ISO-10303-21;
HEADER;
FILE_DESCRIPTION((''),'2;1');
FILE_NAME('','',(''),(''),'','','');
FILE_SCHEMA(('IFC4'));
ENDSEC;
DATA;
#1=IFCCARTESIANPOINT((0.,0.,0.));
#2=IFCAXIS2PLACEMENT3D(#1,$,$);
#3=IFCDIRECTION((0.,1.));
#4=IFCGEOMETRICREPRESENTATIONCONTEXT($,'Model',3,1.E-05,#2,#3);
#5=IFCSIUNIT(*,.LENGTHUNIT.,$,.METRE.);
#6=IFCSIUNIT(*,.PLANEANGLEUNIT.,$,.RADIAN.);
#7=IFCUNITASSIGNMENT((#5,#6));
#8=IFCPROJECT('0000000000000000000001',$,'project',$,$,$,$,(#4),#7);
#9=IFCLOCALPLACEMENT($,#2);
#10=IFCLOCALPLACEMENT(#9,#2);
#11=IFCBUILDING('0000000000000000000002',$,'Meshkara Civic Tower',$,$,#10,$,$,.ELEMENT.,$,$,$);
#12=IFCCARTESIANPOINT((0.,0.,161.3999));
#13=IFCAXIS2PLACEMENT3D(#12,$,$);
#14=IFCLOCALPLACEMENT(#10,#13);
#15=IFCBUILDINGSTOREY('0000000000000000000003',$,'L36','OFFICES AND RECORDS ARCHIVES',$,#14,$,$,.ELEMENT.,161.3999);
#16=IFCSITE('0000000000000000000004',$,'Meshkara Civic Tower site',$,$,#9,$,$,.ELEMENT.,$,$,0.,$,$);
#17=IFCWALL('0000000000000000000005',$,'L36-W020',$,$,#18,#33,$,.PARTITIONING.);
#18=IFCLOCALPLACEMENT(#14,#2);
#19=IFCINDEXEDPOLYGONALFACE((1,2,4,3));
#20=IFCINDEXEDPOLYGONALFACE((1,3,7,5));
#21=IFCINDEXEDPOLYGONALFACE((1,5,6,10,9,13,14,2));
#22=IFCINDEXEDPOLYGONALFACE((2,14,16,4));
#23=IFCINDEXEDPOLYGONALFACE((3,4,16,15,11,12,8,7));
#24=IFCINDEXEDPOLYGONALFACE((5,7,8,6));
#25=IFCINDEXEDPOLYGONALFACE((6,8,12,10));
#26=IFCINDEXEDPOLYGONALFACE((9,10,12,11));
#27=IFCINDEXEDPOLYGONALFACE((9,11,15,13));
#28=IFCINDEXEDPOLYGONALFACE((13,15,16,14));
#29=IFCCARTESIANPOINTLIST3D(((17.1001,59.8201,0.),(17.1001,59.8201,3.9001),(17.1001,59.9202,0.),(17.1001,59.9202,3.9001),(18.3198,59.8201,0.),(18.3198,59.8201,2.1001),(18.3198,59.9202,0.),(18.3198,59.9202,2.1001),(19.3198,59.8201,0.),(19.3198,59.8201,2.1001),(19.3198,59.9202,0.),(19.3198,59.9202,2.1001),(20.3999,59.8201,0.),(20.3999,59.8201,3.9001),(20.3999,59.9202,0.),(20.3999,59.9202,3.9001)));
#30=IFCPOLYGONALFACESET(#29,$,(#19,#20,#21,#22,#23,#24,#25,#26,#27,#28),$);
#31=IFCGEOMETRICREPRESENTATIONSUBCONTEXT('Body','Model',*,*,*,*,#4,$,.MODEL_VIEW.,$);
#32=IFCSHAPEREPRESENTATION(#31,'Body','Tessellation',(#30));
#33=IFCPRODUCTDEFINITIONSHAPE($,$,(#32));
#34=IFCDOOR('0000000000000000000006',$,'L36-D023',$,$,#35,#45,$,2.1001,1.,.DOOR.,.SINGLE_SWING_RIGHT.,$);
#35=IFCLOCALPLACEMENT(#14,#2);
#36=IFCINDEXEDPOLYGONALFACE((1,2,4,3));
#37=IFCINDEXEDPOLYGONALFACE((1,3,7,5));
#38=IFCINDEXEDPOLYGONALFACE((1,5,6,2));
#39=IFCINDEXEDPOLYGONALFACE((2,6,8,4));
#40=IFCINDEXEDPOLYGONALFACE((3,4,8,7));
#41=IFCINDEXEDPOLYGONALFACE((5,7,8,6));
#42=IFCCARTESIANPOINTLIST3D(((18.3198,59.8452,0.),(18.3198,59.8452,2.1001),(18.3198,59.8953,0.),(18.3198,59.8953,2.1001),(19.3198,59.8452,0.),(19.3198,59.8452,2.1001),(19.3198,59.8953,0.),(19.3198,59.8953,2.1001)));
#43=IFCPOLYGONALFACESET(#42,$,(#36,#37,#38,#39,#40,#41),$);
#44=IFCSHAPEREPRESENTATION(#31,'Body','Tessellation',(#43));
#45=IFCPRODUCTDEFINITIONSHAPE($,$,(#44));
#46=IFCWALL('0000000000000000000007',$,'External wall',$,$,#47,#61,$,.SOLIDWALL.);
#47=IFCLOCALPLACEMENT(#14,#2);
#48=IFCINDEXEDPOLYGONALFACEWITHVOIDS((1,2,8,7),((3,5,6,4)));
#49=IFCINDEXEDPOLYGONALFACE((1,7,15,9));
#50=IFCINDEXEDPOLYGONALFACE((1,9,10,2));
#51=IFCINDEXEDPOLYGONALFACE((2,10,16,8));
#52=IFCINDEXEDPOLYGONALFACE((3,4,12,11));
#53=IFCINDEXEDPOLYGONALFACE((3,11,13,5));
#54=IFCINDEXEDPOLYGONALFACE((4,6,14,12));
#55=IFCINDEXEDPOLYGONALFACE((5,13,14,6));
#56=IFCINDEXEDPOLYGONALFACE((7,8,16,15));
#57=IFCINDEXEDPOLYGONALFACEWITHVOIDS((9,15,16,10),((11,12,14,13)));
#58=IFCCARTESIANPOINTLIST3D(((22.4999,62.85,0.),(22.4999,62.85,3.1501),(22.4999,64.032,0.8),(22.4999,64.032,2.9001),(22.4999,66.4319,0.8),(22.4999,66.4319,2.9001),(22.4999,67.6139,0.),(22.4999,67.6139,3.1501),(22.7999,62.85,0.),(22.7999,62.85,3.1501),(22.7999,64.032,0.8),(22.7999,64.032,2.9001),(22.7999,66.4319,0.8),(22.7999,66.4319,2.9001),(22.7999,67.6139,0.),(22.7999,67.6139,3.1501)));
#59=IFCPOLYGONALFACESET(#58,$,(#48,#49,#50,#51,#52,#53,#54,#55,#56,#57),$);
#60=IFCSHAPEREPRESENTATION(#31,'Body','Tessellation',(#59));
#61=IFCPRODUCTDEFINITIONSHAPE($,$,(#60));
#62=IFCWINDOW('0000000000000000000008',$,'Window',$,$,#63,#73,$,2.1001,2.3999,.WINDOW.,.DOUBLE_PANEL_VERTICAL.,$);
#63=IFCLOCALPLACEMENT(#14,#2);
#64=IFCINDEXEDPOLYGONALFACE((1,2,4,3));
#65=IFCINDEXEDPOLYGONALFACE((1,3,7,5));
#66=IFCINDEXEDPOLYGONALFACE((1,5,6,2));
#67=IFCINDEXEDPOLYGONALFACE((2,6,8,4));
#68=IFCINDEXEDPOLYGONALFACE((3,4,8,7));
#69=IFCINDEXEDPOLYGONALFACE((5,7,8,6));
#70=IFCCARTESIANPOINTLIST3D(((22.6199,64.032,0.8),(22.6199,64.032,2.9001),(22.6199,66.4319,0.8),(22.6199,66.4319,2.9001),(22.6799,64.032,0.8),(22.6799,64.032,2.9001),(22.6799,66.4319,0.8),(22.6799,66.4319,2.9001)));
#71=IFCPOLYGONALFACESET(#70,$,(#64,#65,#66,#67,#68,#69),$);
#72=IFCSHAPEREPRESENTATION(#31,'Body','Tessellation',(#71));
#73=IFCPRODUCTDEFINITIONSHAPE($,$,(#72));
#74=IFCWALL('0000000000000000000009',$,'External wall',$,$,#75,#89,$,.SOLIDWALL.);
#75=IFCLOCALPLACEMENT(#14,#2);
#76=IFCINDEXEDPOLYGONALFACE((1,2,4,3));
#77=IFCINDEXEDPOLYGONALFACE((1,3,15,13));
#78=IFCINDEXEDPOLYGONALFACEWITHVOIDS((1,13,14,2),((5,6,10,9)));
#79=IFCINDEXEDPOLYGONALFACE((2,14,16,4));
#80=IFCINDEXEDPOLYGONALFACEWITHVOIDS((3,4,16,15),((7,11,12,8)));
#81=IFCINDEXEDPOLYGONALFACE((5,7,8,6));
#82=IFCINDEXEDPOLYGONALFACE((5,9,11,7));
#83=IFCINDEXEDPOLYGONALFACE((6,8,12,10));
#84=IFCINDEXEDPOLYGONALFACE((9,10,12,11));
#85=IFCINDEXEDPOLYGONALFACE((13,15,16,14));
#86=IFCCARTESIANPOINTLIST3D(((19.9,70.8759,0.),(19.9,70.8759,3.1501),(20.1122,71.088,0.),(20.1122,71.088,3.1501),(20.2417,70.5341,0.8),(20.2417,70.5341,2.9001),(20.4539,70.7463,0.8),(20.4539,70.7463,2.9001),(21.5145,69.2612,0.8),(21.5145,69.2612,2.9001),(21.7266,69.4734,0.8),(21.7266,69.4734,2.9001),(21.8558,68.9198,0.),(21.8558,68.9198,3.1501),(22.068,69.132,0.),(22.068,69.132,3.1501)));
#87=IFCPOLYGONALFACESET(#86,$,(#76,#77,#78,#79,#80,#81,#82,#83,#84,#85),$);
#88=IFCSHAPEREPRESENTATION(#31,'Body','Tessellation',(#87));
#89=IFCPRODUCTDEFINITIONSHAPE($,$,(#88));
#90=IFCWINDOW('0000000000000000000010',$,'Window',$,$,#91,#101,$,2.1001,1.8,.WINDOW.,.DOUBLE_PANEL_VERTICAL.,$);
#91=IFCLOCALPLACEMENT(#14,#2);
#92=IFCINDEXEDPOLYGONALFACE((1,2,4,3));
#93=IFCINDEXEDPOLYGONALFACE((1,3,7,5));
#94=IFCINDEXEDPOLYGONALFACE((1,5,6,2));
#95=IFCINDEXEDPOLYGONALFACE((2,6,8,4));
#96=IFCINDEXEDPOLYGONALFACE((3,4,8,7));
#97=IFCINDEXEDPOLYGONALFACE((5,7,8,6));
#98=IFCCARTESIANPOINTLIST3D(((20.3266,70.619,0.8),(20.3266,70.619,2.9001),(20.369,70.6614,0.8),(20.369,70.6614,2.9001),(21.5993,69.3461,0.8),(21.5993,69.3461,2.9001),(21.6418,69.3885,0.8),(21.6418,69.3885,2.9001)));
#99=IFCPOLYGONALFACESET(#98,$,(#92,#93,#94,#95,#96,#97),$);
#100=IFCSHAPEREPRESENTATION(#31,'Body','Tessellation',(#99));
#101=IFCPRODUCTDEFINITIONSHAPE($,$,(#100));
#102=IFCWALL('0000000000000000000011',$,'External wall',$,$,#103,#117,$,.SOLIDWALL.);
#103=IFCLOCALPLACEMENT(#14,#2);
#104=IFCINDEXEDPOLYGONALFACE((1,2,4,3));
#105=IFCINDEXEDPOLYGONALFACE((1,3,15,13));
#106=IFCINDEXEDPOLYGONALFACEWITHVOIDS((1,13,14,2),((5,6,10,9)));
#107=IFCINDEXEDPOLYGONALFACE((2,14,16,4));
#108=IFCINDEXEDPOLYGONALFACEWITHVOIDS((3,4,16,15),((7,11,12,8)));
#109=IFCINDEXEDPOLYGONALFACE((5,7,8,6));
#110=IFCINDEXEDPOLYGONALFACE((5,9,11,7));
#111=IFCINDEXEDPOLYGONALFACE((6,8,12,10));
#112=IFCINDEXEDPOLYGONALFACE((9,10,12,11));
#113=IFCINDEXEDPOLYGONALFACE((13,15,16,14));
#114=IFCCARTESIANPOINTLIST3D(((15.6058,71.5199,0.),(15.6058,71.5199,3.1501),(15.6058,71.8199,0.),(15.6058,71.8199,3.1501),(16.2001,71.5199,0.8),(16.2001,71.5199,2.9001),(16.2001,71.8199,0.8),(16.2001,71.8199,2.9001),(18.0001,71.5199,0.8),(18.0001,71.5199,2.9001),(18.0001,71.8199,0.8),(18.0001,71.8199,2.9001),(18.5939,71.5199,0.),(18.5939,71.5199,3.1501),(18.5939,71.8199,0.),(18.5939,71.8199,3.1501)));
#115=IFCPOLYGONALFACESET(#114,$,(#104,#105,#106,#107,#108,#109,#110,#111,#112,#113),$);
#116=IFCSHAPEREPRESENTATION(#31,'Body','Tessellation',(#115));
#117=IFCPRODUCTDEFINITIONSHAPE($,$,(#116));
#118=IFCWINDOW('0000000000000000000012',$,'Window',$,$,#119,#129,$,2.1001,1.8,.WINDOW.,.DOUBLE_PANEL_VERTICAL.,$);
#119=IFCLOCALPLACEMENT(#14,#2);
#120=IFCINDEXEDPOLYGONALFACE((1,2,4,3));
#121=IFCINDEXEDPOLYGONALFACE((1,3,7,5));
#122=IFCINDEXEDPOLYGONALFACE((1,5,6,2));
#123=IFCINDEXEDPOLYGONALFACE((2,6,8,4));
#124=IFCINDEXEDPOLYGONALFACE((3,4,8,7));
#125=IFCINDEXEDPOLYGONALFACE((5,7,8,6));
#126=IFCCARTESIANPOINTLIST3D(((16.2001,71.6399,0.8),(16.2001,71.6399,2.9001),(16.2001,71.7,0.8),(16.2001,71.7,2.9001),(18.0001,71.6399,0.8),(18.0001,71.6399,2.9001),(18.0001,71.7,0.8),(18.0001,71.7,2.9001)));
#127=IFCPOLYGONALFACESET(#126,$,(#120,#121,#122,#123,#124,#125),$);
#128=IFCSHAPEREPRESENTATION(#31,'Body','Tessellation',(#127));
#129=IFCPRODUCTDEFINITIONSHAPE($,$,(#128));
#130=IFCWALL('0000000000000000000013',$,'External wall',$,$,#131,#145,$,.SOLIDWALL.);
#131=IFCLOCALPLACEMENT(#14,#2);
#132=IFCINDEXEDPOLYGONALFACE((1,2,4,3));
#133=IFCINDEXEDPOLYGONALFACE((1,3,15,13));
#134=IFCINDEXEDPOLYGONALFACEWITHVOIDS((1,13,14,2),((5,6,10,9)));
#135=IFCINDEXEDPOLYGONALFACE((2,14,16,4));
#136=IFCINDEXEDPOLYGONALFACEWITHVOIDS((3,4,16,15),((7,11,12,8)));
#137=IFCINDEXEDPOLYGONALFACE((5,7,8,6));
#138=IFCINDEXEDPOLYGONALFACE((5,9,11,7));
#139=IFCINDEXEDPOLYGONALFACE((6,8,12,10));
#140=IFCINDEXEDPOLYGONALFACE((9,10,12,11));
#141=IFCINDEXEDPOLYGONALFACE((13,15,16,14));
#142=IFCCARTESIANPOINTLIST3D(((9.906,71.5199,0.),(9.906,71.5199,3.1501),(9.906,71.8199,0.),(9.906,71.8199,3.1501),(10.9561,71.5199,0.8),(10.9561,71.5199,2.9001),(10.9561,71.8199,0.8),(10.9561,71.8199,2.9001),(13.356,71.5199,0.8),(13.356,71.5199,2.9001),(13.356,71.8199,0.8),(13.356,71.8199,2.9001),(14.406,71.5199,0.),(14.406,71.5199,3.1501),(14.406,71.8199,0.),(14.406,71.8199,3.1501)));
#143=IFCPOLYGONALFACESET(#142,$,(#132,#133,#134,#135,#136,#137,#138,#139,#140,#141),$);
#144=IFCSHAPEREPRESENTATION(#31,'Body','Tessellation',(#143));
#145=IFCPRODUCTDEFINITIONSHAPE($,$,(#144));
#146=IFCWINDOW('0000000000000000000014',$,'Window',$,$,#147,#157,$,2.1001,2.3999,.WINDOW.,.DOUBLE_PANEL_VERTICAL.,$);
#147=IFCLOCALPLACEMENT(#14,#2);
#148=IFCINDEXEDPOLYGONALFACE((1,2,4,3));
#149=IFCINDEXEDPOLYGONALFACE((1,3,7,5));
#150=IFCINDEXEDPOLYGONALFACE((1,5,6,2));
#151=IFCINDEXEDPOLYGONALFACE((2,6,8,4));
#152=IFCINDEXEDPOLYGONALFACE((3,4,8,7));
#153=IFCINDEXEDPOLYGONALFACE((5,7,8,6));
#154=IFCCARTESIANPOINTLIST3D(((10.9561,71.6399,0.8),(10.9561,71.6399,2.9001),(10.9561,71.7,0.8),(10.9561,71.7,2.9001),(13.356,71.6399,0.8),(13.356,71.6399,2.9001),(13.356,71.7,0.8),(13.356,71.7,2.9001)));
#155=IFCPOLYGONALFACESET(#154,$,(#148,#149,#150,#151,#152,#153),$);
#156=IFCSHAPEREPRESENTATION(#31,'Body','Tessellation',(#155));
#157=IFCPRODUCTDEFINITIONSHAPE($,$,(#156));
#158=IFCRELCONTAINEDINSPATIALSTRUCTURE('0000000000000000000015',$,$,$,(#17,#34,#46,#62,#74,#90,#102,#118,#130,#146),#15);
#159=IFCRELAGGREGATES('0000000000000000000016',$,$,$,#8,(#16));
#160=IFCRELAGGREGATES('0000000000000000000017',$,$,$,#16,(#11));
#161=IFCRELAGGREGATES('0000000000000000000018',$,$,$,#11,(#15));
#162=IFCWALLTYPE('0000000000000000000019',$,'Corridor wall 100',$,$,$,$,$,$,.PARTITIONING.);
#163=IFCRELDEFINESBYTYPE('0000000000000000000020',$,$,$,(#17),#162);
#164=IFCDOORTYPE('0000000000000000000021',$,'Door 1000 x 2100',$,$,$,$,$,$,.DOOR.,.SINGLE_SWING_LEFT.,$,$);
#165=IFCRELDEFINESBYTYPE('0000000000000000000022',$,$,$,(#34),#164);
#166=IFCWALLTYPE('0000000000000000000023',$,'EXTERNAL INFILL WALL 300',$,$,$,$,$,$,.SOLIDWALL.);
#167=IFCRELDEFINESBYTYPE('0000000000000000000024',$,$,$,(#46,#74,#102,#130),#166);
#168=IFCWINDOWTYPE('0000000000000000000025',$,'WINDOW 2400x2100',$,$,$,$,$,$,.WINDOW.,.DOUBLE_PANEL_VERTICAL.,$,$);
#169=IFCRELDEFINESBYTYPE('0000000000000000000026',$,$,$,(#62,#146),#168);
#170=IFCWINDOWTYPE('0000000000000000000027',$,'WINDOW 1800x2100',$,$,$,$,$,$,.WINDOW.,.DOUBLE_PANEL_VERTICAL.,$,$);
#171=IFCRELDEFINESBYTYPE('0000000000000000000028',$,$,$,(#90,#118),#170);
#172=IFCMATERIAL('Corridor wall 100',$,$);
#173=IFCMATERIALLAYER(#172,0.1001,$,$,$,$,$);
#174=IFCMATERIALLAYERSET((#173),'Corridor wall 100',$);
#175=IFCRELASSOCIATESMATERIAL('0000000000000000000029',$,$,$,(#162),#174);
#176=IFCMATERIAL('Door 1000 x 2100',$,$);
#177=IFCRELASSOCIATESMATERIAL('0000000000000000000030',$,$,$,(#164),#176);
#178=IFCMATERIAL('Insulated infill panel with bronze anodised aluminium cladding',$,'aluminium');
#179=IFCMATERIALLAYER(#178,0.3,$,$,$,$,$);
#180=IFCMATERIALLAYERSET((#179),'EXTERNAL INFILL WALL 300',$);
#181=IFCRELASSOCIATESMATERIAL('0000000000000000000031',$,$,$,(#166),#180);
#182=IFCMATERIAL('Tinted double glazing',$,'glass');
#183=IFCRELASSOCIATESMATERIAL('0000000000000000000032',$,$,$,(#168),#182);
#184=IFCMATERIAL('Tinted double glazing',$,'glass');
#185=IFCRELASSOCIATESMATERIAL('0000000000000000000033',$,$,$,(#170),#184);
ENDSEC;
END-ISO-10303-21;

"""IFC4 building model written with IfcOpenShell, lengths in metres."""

from ifc_helpers import new_model, si_unit, direction, frame, frame_2d, origin, place, context, subcontext, project, spatial, rectangle, extrude, material, layer, layer_set, type_object, element, fill, save


model = new_model("IFC4")

# Units and contexts
model_context = context("Model", 3, precision=1e-05, world=origin(), true_north=direction((0.0, 1.0)))
body_context = subcontext(model_context, "Body", "Model", "MODEL_VIEW")
ifc_project = project(units=[si_unit("LENGTHUNIT", "METRE"), si_unit("PLANEANGLEUNIT", "RADIAN")], contexts=[model_context])

# Site, building, storey
site_placement = place(None, origin())
site = spatial("IfcSite", under=ifc_project, at=site_placement, Name="Meshkara Civic Tower site", CompositionType="ELEMENT", RefElevation=0.0)
building_placement = place(site_placement, origin())
building = spatial("IfcBuilding", under=site, at=building_placement, Name="Meshkara Civic Tower", CompositionType="ELEMENT")
storey_placement = place(building_placement, frame((0.0, 0.0, 161.3999)))
storey = spatial("IfcBuildingStorey", under=building, at=storey_placement, Name="L36", Description="OFFICES AND RECORDS ARCHIVES", CompositionType="ELEMENT", Elevation=161.3999)

# Shared definitions
ifc_material_1 = material(Name="Corridor wall 100")
ifc_layer_1 = layer(ifc_material_1, 0.1001)
ifc_layer_set_1 = layer_set([ifc_layer_1], Name="Corridor wall 100")
wall_type_1 = type_object("IfcWallType", Name="Corridor wall 100", PredefinedType="PARTITIONING", material=ifc_layer_set_1)
ifc_material_2 = material(Name="Door 1000 x 2100")
door_type_1 = type_object("IfcDoorType", Name="Door 1000 x 2100", OperationType="SINGLE_SWING_LEFT", PredefinedType="DOOR", material=ifc_material_2)

# Wall, opening, door
wall_1_placement = place(storey_placement, frame((20.3999, 59.8701, 0.0), z_axis=(0.0, 0.0, 1.0), x_axis=(-1.0, 0.0, 0.0)))
wall_1 = element("IfcWall", 1, at=wall_1_placement, inside=storey, type_object=wall_type_1, Name="L36-W020", PredefinedType="PARTITIONING", context=body_context, shape_type="SweptSolid", body=[
    extrude(rectangle(XDim=3.2998, YDim=0.1001, at=frame_2d((1.6499, 0.0))), origin(), (0.0, 0.0, 1.0), 3.9001),
])
opening_1_placement = place(wall_1_placement, frame((1.0801, 0.0, 0.0)))
opening_1 = element("IfcOpeningElement", 2, at=opening_1_placement, cuts=wall_1, PredefinedType="OPENING", context=body_context, shape_type="SweptSolid", body=[
    extrude(rectangle(XDim=1.0, YDim=2.1001, at=frame_2d((0.5, 1.05))), frame((0.0, 0.0601, 0.0), z_axis=(0.0, -1.0, 0.0), x_axis=(1.0, 0.0, 0.0)), (0.0, 0.0, 1.0), 0.1201),
])
door_1_placement = place(opening_1_placement, origin())
door_1 = element("IfcDoor", 3, at=door_1_placement, inside=storey, type_object=door_type_1, Name="L36-D023", OperationType="SINGLE_SWING_RIGHT", OverallHeight=2.1001, OverallWidth=1.0, PredefinedType="DOOR", context=body_context, shape_type="SweptSolid", body=[
    extrude(rectangle(XDim=1.0, YDim=2.1001, at=frame_2d((0.5, 1.05))), frame((0.0, 0.0249, 0.0), z_axis=(0.0, -1.0, 0.0), x_axis=(1.0, 0.0, 0.0)), (0.0, 0.0, 1.0), 0.05),
])
fill(opening_1, door_1)

# Walls, openings, windows
ifc_material_3 = material(Name="Insulated infill panel with bronze anodised aluminium cladding", Category="aluminium")
ifc_layer_2 = layer(ifc_material_3, 0.3)
ifc_layer_set_2 = layer_set([ifc_layer_2], Name="EXTERNAL INFILL WALL 300")
wall_type_2 = type_object("IfcWallType", Name="EXTERNAL INFILL WALL 300", PredefinedType="SOLIDWALL", material=ifc_layer_set_2)
wall_2_placement = place(storey_placement, frame((22.6499, 62.8501, 0.0), z_axis=(0.0, 0.0, 1.0), x_axis=(0.0, 1.0, 0.0)))
wall_2 = element("IfcWall", 4, at=wall_2_placement, inside=storey, type_object=wall_type_2, Name="External wall", PredefinedType="SOLIDWALL", context=body_context, shape_type="SweptSolid", body=[
    extrude(rectangle(XDim=4.7639, YDim=0.3, at=frame_2d((2.3818, 0.0))), origin(), (0.0, 0.0, 1.0), 3.1501),
])
opening_2_placement = place(wall_2_placement, frame((1.1819, 0.0, 0.8)))
opening_2 = element("IfcOpeningElement", 5, at=opening_2_placement, cuts=wall_2, PredefinedType="OPENING", context=body_context, shape_type="SweptSolid", body=[
    extrude(rectangle(XDim=2.3999, YDim=2.1001, at=frame_2d((1.2, 1.05))), frame((0.0, 0.1599, 0.0), z_axis=(0.0, -1.0, 0.0), x_axis=(1.0, 0.0, 0.0)), (0.0, 0.0, 1.0), 0.3201),
])
ifc_material_4 = material(Name="Tinted double glazing", Category="glass")
window_type_1 = type_object("IfcWindowType", Name="WINDOW 2400x2100", PartitioningType="DOUBLE_PANEL_VERTICAL", PredefinedType="WINDOW", material=ifc_material_4)
window_1_placement = place(opening_2_placement, origin())
window_1 = element("IfcWindow", 6, at=window_1_placement, inside=storey, type_object=window_type_1, Name="Window", OverallHeight=2.1001, OverallWidth=2.3999, PartitioningType="DOUBLE_PANEL_VERTICAL", PredefinedType="WINDOW", context=body_context, shape_type="SweptSolid", body=[
    extrude(rectangle(XDim=2.3999, YDim=2.1001, at=frame_2d((1.2, 1.05))), frame((0.0, 0.03, 0.0), z_axis=(0.0, -1.0, 0.0), x_axis=(1.0, 0.0, 0.0)), (0.0, 0.0, 1.0), 0.0601),
])
fill(opening_2, window_1)
wall_3_placement = place(storey_placement, frame((21.9619, 69.0259, 0.0), z_axis=(0.0, 0.0, 1.0), x_axis=(-0.707063, 0.707151, 0.0)))
wall_3 = element("IfcWall", 7, at=wall_3_placement, inside=storey, type_object=wall_type_2, Name="External wall", PredefinedType="SOLIDWALL", context=body_context, shape_type="SweptSolid", body=[
    extrude(rectangle(XDim=2.7661, YDim=0.3, at=frame_2d((1.3831, 0.0))), origin(), (0.0, 0.0, 1.0), 3.1501),
])
opening_3_placement = place(wall_3_placement, frame((0.4829, 0.0, 0.8)))
opening_3 = element("IfcOpeningElement", 8, at=opening_3_placement, cuts=wall_3, PredefinedType="OPENING", context=body_context, shape_type="SweptSolid", body=[
    extrude(rectangle(XDim=1.8, YDim=2.1001, at=frame_2d((0.8999, 1.05))), frame((0.0, 0.1599, 0.0), z_axis=(0.0, -1.0, 0.0), x_axis=(1.0, 0.0, 0.0)), (0.0, 0.0, 1.0), 0.3201),
])
ifc_material_5 = material(Name="Tinted double glazing", Category="glass")
window_type_2 = type_object("IfcWindowType", Name="WINDOW 1800x2100", PartitioningType="DOUBLE_PANEL_VERTICAL", PredefinedType="WINDOW", material=ifc_material_5)
window_2_placement = place(opening_3_placement, origin())
window_2 = element("IfcWindow", 9, at=window_2_placement, inside=storey, type_object=window_type_2, Name="Window", OverallHeight=2.1001, OverallWidth=1.8, PartitioningType="DOUBLE_PANEL_VERTICAL", PredefinedType="WINDOW", context=body_context, shape_type="SweptSolid", body=[
    extrude(rectangle(XDim=1.8, YDim=2.1001, at=frame_2d((0.8999, 1.05))), frame((0.0, 0.03, 0.0), z_axis=(0.0, -1.0, 0.0), x_axis=(1.0, 0.0, 0.0)), (0.0, 0.0, 1.0), 0.0601),
])
fill(opening_3, window_2)
wall_4_placement = place(storey_placement, frame((18.594, 71.6699, 0.0), z_axis=(0.0, 0.0, 1.0), x_axis=(-1.0, 0.0, 0.0)))
wall_4 = element("IfcWall", 10, at=wall_4_placement, inside=storey, type_object=wall_type_2, Name="External wall", PredefinedType="SOLIDWALL", context=body_context, shape_type="SweptSolid", body=[
    extrude(rectangle(XDim=2.988, YDim=0.3, at=frame_2d((1.4941, 0.0))), origin(), (0.0, 0.0, 1.0), 3.1501),
])
opening_4_placement = place(wall_4_placement, frame((0.594, 0.0, 0.8)))
opening_4 = element("IfcOpeningElement", 11, at=opening_4_placement, cuts=wall_4, PredefinedType="OPENING", context=body_context, shape_type="SweptSolid", body=[
    extrude(rectangle(XDim=1.8, YDim=2.1001, at=frame_2d((0.8999, 1.05))), frame((0.0, 0.1599, 0.0), z_axis=(0.0, -1.0, 0.0), x_axis=(1.0, 0.0, 0.0)), (0.0, 0.0, 1.0), 0.3201),
])
window_3_placement = place(opening_4_placement, origin())
window_3 = element("IfcWindow", 12, at=window_3_placement, inside=storey, type_object=window_type_2, Name="Window", OverallHeight=2.1001, OverallWidth=1.8, PartitioningType="DOUBLE_PANEL_VERTICAL", PredefinedType="WINDOW", context=body_context, shape_type="SweptSolid", body=[
    extrude(rectangle(XDim=1.8, YDim=2.1001, at=frame_2d((0.8999, 1.05))), frame((0.0, 0.03, 0.0), z_axis=(0.0, -1.0, 0.0), x_axis=(1.0, 0.0, 0.0)), (0.0, 0.0, 1.0), 0.0601),
])
fill(opening_4, window_3)
wall_5_placement = place(storey_placement, frame((14.406, 71.6699, 0.0), z_axis=(0.0, 0.0, 1.0), x_axis=(-1.0, 0.0, 0.0)))
wall_5 = element("IfcWall", 13, at=wall_5_placement, inside=storey, type_object=wall_type_2, Name="External wall", PredefinedType="SOLIDWALL", context=body_context, shape_type="SweptSolid", body=[
    extrude(rectangle(XDim=4.5, YDim=0.3, at=frame_2d((2.25, 0.0))), origin(), (0.0, 0.0, 1.0), 3.1501),
])
opening_5_placement = place(wall_5_placement, frame((1.05, 0.0, 0.8)))
opening_5 = element("IfcOpeningElement", 14, at=opening_5_placement, cuts=wall_5, PredefinedType="OPENING", context=body_context, shape_type="SweptSolid", body=[
    extrude(rectangle(XDim=2.3999, YDim=2.1001, at=frame_2d((1.2, 1.05))), frame((0.0, 0.1599, 0.0), z_axis=(0.0, -1.0, 0.0), x_axis=(1.0, 0.0, 0.0)), (0.0, 0.0, 1.0), 0.3201),
])
window_4_placement = place(opening_5_placement, origin())
window_4 = element("IfcWindow", 15, at=window_4_placement, inside=storey, type_object=window_type_1, Name="Window", OverallHeight=2.1001, OverallWidth=2.3999, PartitioningType="DOUBLE_PANEL_VERTICAL", PredefinedType="WINDOW", context=body_context, shape_type="SweptSolid", body=[
    extrude(rectangle(XDim=2.3999, YDim=2.1001, at=frame_2d((1.2, 1.05))), frame((0.0, 0.03, 0.0), z_axis=(0.0, -1.0, 0.0), x_axis=(1.0, 0.0, 0.0)), (0.0, 0.0, 1.0), 0.0601),
])
fill(opening_5, window_4)

save(model, "model.ifc")
